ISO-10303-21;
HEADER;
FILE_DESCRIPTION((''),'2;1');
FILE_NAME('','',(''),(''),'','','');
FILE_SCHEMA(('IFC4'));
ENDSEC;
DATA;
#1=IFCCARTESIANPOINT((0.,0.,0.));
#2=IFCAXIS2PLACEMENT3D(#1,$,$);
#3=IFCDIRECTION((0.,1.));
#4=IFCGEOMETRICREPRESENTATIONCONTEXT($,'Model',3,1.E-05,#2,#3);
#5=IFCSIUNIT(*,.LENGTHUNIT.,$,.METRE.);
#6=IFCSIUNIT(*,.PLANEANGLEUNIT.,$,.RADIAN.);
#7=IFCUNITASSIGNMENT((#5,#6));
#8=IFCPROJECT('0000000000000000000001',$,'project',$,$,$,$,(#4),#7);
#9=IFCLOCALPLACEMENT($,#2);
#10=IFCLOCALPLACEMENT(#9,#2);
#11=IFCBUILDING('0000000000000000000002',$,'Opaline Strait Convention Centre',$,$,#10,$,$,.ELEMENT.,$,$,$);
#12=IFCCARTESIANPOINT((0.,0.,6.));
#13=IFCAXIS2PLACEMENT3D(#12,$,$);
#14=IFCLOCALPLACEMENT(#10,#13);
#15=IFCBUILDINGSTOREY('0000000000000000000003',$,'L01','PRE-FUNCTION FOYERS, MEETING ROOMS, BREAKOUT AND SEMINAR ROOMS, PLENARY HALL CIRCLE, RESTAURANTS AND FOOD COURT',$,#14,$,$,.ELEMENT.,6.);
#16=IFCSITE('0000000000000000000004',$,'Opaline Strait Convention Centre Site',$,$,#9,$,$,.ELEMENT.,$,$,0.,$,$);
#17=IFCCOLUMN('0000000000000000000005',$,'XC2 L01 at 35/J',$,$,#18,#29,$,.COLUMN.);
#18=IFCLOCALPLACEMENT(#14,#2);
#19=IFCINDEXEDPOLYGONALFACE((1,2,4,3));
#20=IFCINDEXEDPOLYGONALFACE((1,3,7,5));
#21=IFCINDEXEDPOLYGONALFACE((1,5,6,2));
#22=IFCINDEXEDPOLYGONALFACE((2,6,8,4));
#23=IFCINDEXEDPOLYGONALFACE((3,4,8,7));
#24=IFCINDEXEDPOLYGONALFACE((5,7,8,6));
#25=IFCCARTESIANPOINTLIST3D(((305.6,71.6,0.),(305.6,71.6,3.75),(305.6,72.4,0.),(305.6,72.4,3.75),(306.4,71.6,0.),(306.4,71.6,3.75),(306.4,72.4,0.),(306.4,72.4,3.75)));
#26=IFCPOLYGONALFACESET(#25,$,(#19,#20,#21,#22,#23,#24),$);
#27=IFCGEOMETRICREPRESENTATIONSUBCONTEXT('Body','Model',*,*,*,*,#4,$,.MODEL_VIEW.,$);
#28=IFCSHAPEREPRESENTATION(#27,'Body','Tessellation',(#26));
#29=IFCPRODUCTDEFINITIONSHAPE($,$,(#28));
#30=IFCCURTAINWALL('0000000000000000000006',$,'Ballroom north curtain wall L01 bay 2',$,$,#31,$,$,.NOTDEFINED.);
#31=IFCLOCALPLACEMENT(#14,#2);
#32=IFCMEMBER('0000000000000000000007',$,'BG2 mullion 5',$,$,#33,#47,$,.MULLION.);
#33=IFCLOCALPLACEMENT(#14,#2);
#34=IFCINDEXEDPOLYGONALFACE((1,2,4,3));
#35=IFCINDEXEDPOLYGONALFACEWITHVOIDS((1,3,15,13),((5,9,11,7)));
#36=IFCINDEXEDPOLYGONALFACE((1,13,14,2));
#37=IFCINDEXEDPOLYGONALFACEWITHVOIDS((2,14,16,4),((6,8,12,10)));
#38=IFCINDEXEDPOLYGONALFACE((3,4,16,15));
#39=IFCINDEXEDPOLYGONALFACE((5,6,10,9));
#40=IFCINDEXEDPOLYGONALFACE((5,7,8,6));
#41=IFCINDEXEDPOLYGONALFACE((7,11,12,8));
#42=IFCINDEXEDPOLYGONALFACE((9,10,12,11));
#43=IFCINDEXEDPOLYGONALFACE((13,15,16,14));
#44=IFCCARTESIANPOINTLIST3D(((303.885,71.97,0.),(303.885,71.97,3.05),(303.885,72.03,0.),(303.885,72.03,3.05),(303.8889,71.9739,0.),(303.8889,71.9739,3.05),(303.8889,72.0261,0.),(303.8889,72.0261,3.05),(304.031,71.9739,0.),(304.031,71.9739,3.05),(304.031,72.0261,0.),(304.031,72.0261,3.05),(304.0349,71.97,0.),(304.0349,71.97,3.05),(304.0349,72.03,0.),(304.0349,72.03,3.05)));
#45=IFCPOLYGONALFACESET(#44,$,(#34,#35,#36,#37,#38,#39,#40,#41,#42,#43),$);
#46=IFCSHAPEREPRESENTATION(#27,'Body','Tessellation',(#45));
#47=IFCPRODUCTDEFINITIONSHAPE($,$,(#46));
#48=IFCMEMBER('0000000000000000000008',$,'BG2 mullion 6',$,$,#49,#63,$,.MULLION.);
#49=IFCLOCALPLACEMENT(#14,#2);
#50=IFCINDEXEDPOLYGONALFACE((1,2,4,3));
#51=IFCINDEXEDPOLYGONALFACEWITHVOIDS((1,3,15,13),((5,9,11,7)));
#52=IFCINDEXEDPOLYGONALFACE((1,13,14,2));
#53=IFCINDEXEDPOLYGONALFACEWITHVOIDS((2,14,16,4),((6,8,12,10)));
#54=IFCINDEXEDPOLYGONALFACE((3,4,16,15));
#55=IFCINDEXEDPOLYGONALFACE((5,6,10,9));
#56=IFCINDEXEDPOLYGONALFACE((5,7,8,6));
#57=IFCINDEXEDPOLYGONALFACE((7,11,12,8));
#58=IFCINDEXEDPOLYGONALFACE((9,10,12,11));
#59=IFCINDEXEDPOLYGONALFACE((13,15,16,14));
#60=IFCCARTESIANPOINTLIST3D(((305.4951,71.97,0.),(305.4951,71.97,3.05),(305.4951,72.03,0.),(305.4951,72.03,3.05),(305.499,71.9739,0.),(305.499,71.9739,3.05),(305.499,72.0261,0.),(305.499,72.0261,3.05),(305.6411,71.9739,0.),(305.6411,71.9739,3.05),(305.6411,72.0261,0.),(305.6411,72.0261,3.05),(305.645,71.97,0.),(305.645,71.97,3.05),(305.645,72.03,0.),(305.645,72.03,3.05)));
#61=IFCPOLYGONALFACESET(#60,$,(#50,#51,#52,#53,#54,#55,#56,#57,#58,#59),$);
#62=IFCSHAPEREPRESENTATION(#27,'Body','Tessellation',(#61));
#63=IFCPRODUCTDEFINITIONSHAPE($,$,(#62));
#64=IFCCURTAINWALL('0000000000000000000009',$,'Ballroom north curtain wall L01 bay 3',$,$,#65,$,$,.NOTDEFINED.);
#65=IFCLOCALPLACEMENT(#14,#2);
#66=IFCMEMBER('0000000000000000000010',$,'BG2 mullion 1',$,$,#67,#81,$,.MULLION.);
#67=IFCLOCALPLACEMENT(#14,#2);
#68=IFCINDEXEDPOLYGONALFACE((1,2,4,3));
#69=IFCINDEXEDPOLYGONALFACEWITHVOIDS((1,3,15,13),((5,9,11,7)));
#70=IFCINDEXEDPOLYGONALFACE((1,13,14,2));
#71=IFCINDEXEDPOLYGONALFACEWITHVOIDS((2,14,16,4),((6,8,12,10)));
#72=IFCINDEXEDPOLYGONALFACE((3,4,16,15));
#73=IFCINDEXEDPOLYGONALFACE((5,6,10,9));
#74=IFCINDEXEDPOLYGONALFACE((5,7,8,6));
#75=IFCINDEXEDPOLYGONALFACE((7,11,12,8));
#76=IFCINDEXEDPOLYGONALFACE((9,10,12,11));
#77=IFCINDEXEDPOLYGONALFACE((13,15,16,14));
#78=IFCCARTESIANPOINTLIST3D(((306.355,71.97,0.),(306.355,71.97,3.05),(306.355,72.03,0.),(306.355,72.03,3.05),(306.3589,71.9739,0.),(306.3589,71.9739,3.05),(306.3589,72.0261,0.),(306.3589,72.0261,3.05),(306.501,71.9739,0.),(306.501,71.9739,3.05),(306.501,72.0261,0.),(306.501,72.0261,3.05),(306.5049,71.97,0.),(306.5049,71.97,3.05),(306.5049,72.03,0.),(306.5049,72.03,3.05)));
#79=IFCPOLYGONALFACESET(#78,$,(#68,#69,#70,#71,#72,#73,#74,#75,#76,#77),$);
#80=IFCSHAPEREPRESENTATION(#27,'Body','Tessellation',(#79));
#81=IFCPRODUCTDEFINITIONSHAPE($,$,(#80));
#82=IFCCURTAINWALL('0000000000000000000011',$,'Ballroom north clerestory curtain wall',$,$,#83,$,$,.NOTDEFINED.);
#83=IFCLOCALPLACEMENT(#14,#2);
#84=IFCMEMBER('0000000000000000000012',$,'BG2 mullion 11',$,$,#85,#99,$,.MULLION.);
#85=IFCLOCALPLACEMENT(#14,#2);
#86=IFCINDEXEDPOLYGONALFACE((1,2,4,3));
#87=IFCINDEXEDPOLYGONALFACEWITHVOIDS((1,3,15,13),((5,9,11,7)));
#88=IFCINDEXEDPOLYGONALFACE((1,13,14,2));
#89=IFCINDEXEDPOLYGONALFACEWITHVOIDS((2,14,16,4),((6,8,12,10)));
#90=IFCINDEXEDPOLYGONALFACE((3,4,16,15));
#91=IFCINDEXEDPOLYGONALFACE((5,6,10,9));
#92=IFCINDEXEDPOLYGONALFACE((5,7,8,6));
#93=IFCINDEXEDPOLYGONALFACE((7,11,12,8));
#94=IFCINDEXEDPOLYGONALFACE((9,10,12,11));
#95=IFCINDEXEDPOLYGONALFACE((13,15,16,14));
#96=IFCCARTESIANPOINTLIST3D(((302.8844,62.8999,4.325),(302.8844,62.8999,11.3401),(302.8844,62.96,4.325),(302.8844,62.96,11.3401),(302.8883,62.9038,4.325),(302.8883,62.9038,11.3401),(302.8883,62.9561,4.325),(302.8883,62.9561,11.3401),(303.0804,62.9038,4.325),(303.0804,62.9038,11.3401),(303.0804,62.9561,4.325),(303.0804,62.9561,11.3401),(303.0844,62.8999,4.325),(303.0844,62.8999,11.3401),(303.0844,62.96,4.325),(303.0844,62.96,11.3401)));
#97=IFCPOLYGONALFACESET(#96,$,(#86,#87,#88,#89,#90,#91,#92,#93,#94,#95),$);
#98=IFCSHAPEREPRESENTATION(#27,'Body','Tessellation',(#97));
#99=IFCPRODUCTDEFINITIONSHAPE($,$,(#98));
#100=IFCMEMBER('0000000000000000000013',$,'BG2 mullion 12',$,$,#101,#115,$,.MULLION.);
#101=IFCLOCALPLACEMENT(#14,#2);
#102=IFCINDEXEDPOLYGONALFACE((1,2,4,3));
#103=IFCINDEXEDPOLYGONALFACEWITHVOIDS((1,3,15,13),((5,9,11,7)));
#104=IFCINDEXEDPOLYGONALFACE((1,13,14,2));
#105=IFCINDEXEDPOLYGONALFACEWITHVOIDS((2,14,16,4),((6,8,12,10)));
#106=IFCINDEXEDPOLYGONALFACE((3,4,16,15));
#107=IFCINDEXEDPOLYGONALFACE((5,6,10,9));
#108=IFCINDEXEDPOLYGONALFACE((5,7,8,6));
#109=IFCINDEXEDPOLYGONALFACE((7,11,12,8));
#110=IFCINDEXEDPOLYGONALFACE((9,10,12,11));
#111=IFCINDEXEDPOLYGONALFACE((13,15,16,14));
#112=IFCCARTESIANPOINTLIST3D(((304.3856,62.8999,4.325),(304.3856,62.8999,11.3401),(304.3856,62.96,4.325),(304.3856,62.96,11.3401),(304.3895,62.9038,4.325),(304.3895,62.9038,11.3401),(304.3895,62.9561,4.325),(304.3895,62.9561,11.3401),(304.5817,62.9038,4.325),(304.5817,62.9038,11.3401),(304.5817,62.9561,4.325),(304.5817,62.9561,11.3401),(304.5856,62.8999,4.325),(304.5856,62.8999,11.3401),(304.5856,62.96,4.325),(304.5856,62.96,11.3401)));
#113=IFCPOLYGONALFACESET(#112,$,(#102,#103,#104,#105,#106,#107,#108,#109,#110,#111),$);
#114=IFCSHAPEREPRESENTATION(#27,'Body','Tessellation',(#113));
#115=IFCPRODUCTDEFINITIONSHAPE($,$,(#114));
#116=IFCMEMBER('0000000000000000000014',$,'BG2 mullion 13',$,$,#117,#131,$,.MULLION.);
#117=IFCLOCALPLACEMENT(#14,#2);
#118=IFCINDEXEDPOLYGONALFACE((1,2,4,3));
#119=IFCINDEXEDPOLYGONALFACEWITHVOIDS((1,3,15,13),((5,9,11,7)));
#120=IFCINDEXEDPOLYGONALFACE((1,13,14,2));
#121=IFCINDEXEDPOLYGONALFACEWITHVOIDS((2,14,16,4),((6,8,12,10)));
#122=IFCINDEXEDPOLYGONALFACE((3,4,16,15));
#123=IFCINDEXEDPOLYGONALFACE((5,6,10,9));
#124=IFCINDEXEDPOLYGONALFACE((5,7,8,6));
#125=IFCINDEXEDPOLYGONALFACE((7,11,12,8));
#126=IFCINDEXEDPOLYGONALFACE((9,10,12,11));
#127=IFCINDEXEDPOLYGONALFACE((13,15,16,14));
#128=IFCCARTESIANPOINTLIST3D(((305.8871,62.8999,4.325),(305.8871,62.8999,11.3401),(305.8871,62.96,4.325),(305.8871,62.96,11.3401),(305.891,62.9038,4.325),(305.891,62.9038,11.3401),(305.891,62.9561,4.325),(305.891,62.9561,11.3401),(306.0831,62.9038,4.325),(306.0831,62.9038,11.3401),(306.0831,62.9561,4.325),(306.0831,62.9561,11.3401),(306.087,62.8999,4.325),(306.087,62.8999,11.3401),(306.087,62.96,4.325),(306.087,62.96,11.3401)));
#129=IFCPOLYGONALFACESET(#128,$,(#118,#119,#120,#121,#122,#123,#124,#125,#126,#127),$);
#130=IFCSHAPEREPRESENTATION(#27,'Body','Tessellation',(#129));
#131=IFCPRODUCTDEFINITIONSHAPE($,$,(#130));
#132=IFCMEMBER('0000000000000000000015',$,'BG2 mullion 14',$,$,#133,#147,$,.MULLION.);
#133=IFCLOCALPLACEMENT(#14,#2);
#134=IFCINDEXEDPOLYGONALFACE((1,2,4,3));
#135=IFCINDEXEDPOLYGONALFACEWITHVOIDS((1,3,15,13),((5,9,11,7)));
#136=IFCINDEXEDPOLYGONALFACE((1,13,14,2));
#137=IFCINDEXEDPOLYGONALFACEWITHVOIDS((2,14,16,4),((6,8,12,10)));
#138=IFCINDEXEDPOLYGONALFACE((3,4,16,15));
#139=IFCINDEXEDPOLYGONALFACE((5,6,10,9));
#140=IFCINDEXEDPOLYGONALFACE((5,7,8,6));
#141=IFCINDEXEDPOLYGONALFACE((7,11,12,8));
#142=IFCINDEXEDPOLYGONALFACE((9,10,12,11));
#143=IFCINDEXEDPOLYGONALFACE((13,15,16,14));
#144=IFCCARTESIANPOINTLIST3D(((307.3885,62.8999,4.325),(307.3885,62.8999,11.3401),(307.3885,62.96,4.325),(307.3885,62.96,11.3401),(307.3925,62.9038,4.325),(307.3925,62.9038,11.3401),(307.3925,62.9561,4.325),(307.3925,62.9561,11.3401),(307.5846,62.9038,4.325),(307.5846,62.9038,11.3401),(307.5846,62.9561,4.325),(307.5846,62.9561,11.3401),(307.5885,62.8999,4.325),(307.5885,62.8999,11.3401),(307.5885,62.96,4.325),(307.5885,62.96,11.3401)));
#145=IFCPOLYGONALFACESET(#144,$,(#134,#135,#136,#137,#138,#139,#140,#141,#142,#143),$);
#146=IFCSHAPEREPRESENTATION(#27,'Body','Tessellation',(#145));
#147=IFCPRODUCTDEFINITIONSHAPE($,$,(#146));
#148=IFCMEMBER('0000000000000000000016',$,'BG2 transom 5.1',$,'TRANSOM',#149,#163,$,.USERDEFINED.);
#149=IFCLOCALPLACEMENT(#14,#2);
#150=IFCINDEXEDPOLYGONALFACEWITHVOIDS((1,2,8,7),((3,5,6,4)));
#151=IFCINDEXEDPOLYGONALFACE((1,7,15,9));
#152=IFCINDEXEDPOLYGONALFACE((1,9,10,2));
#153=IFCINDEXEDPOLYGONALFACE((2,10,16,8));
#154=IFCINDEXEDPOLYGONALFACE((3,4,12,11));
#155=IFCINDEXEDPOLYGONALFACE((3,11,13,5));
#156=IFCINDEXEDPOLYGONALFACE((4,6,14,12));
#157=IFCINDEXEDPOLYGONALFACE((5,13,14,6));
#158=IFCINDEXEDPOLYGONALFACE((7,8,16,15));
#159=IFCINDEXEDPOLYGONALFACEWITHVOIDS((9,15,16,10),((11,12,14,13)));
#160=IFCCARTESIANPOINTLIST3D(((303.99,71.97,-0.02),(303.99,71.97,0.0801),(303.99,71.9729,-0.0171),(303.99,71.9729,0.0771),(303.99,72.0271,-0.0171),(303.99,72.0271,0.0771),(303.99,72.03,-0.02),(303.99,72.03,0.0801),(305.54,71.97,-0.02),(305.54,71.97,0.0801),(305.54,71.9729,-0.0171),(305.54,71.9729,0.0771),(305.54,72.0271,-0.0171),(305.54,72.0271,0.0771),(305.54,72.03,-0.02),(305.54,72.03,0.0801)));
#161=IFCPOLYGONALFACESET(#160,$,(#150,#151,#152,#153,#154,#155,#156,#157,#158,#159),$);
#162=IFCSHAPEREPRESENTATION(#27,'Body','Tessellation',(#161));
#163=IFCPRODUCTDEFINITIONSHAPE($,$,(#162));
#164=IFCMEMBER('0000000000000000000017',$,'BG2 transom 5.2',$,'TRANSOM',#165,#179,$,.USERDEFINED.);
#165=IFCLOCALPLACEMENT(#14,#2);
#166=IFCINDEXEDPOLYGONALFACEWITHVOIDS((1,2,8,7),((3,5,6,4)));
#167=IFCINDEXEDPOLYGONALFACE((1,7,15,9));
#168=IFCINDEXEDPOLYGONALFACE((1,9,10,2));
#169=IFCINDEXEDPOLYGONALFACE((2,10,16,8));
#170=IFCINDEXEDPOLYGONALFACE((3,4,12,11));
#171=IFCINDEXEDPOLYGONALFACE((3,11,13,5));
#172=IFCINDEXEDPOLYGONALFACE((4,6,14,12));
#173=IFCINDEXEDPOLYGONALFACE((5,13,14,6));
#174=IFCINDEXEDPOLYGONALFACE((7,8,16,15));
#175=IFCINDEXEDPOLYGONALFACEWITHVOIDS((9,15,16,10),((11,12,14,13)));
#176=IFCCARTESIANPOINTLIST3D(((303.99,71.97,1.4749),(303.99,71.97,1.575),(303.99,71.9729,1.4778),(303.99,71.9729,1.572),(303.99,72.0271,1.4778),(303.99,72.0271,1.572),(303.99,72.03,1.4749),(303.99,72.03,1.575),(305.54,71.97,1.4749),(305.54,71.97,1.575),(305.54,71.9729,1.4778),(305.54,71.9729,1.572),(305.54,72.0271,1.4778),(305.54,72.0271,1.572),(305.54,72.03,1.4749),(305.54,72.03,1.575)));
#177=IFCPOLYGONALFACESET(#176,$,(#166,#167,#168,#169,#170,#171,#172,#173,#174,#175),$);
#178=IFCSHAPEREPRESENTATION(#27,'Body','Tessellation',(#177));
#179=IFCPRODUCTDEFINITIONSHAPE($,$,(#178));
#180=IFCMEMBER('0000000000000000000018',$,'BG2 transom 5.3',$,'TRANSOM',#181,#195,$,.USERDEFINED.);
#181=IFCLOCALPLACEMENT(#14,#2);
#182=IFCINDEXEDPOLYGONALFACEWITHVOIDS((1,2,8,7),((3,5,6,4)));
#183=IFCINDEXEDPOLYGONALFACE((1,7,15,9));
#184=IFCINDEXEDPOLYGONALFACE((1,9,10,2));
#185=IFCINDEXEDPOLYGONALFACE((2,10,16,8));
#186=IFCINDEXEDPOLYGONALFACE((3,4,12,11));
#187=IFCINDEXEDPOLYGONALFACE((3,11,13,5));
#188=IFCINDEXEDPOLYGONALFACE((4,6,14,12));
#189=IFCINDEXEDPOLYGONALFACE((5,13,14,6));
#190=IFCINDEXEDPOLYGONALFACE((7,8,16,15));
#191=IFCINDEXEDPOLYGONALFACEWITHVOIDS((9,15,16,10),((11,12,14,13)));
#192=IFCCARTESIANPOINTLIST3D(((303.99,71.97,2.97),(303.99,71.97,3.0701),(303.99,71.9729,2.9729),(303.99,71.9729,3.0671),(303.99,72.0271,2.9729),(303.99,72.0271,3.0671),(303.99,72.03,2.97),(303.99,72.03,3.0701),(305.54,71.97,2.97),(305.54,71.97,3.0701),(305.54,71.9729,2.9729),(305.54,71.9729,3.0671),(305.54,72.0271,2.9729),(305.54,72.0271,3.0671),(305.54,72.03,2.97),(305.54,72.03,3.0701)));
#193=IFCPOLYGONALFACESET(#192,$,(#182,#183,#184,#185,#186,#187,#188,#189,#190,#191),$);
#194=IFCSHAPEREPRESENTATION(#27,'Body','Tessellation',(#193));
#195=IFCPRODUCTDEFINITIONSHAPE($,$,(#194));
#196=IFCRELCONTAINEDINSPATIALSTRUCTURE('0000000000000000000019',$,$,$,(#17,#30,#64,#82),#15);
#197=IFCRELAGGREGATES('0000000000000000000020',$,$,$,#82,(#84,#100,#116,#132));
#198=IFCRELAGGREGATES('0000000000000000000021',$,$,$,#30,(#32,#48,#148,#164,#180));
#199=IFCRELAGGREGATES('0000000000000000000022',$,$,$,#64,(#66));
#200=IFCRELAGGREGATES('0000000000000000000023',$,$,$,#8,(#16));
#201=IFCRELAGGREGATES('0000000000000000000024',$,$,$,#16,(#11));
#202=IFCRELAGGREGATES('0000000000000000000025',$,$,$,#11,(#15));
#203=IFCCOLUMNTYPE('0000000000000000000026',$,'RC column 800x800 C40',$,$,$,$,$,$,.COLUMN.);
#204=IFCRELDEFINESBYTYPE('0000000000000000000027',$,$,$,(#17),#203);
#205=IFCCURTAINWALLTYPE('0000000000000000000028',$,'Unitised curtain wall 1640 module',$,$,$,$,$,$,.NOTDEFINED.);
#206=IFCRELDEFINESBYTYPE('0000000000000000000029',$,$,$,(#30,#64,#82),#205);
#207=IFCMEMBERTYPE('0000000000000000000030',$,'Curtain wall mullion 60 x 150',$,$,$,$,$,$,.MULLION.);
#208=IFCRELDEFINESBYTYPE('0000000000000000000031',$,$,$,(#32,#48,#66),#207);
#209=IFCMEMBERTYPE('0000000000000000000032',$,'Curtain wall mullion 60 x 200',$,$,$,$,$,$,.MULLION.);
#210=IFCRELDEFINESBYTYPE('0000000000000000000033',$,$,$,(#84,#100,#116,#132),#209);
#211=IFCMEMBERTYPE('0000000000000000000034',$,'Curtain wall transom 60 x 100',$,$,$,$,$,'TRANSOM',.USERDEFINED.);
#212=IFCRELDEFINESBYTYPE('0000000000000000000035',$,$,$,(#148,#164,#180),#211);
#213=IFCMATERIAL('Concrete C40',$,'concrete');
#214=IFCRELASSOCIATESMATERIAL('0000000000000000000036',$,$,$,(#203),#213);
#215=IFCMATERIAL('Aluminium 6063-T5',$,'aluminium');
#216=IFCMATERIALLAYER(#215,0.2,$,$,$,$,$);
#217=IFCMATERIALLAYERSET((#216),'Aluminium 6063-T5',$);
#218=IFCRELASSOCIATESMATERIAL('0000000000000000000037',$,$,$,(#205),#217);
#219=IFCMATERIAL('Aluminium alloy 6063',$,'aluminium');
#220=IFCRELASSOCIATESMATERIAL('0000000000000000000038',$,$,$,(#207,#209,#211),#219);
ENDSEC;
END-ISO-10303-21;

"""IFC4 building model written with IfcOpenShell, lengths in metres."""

from ifc_helpers import new_model, si_unit, direction, frame, origin, origin_2d, place, context, subcontext, project, spatial, rectangle, hollow_rectangle, extrude, material, layer, layer_set, material_profile, profile_set, type_object, element, aggregate, save


model = new_model("IFC4")

# Units and contexts
model_context = context("Model", 3, precision=1e-05, world=origin(), true_north=direction((0.0, 1.0)))
body_context = subcontext(model_context, "Body", "Model", "MODEL_VIEW")
ifc_project = project(units=[si_unit("LENGTHUNIT", "METRE"), si_unit("PLANEANGLEUNIT", "RADIAN")], contexts=[model_context])

# Site, building, storey
site_placement = place(None, origin())
site = spatial("IfcSite", under=ifc_project, at=site_placement, Name="Opaline Strait Convention Centre Site", CompositionType="ELEMENT", RefElevation=0.0)
building_placement = place(site_placement, origin())
building = spatial("IfcBuilding", under=site, at=building_placement, Name="Opaline Strait Convention Centre", CompositionType="ELEMENT")
storey_placement = place(building_placement, frame((0.0, 0.0, 6.0)))
storey = spatial("IfcBuildingStorey", under=building, at=storey_placement, Name="L01", Description="PRE-FUNCTION FOYERS, MEETING ROOMS, BREAKOUT AND SEMINAR ROOMS, PLENARY HALL CIRCLE, RESTAURANTS AND FOOD COURT", CompositionType="ELEMENT", Elevation=6.0)

# Column
ifc_material_1 = material(Name="Concrete C40", Category="concrete")
ifc_material_profile_1 = material_profile(ifc_material_1, rectangle(XDim=0.8, YDim=0.8, at=origin_2d()), Name="RC 800x800")
ifc_profile_set_1 = profile_set([ifc_material_profile_1], Name="Concrete C40")
column_type = type_object("IfcColumnType", Name="RC column 800x800 C40", PredefinedType="COLUMN", material=ifc_profile_set_1)
column_placement = place(storey_placement, frame((306.0, 72.0, 0.0), z_axis=(0.0, 0.0, 1.0), x_axis=(1.0, 0.0, 0.0)))
element("IfcColumn", 1, at=column_placement, inside=storey, type_object=column_type, Name="XC2 L01 at 35/J", PredefinedType="COLUMN", context=body_context, shape_type="SweptSolid", body=[
    extrude(rectangle(XDim=0.8, YDim=0.8, at=origin_2d()), origin(), (0.0, 0.0, 1.0), 3.75),
])

# Curtain wall, members
ifc_material_2 = material(Name="Aluminium 6063-T5", Category="aluminium")
ifc_layer_1 = layer(ifc_material_2, 0.2)
ifc_layer_set_1 = layer_set([ifc_layer_1], Name="Aluminium 6063-T5")
curtain_wall_type = type_object("IfcCurtainWallType", Name="Unitised curtain wall 1640 module", PredefinedType="NOTDEFINED", material=ifc_layer_set_1)
curtain_wall_1_placement = place(storey_placement, origin())
curtain_wall_1 = element("IfcCurtainWall", 2, at=curtain_wall_1_placement, inside=storey, type_object=curtain_wall_type, Name="Ballroom north curtain wall L01 bay 2", PredefinedType="NOTDEFINED")
ifc_material_3 = material(Name="Aluminium alloy 6063", Category="aluminium")
ifc_material_profile_2 = material_profile(ifc_material_3, hollow_rectangle(XDim=0.0601, YDim=0.1499, WallThickness=0.0039, at=origin_2d()), Name="MULLION 60x150x4")
ifc_profile_set_2 = profile_set([ifc_material_profile_2], Name="Aluminium alloy 6063")
member_type_1 = type_object("IfcMemberType", Name="Curtain wall mullion 60 x 150", PredefinedType="MULLION", material=ifc_profile_set_2)
member_1_placement = place(storey_placement, frame((303.96, 72.0, 0.0), z_axis=(0.0, 0.0, 1.0), x_axis=(0.0, 1.0, 0.0)))
member_1 = element("IfcMember", 3, at=member_1_placement, type_object=member_type_1, Name="BG2 mullion 5", PredefinedType="MULLION", context=body_context, shape_type="SweptSolid", body=[
    extrude(hollow_rectangle(XDim=0.0601, YDim=0.1499, WallThickness=0.0039, at=origin_2d()), origin(), (0.0, 0.0, 1.0), 3.05),
])
member_2_placement = place(storey_placement, frame((305.5701, 72.0, 0.0), z_axis=(0.0, 0.0, 1.0), x_axis=(0.0, 1.0, 0.0)))
member_2 = element("IfcMember", 4, at=member_2_placement, type_object=member_type_1, Name="BG2 mullion 6", PredefinedType="MULLION", context=body_context, shape_type="SweptSolid", body=[
    extrude(hollow_rectangle(XDim=0.0601, YDim=0.1499, WallThickness=0.0039, at=origin_2d()), origin(), (0.0, 0.0, 1.0), 3.05),
])

# Curtain wall, member
curtain_wall_2_placement = place(storey_placement, origin())
curtain_wall_2 = element("IfcCurtainWall", 5, at=curtain_wall_2_placement, inside=storey, type_object=curtain_wall_type, Name="Ballroom north curtain wall L01 bay 3", PredefinedType="NOTDEFINED")
member_3_placement = place(storey_placement, frame((306.4299, 72.0, 0.0), z_axis=(0.0, 0.0, 1.0), x_axis=(0.0, 1.0, 0.0)))
member_3 = element("IfcMember", 6, at=member_3_placement, type_object=member_type_1, Name="BG2 mullion 1", PredefinedType="MULLION", context=body_context, shape_type="SweptSolid", body=[
    extrude(hollow_rectangle(XDim=0.0601, YDim=0.1499, WallThickness=0.0039, at=origin_2d()), origin(), (0.0, 0.0, 1.0), 3.05),
])

# Curtain wall, members
curtain_wall_3_placement = place(storey_placement, origin())
curtain_wall_3 = element("IfcCurtainWall", 7, at=curtain_wall_3_placement, inside=storey, type_object=curtain_wall_type, Name="Ballroom north clerestory curtain wall", PredefinedType="NOTDEFINED")
ifc_material_profile_3 = material_profile(ifc_material_3, hollow_rectangle(XDim=0.0601, YDim=0.2, WallThickness=0.0039, at=origin_2d()), Name="MULLION 60x200x4")
ifc_profile_set_3 = profile_set([ifc_material_profile_3], Name="Aluminium alloy 6063")
member_type_2 = type_object("IfcMemberType", Name="Curtain wall mullion 60 x 200", PredefinedType="MULLION", material=ifc_profile_set_3)
member_4_placement = place(storey_placement, frame((302.9844, 62.9299, 4.325), z_axis=(0.0, 0.0, 1.0), x_axis=(0.0, 1.0, 0.0)))
member_4 = element("IfcMember", 8, at=member_4_placement, type_object=member_type_2, Name="BG2 mullion 11", PredefinedType="MULLION", context=body_context, shape_type="SweptSolid", body=[
    extrude(hollow_rectangle(XDim=0.0601, YDim=0.2, WallThickness=0.0039, at=origin_2d()), origin(), (0.0, 0.0, 1.0), 7.0151),
])
member_5_placement = place(storey_placement, frame((304.4856, 62.9299, 4.325), z_axis=(0.0, 0.0, 1.0), x_axis=(0.0, 1.0, 0.0)))
member_5 = element("IfcMember", 9, at=member_5_placement, type_object=member_type_2, Name="BG2 mullion 12", PredefinedType="MULLION", context=body_context, shape_type="SweptSolid", body=[
    extrude(hollow_rectangle(XDim=0.0601, YDim=0.2, WallThickness=0.0039, at=origin_2d()), origin(), (0.0, 0.0, 1.0), 7.0151),
])
member_6_placement = place(storey_placement, frame((305.9871, 62.9299, 4.325), z_axis=(0.0, 0.0, 1.0), x_axis=(0.0, 1.0, 0.0)))
member_6 = element("IfcMember", 10, at=member_6_placement, type_object=member_type_2, Name="BG2 mullion 13", PredefinedType="MULLION", context=body_context, shape_type="SweptSolid", body=[
    extrude(hollow_rectangle(XDim=0.0601, YDim=0.2, WallThickness=0.0039, at=origin_2d()), origin(), (0.0, 0.0, 1.0), 7.0151),
])
member_7_placement = place(storey_placement, frame((307.4885, 62.9299, 4.325), z_axis=(0.0, 0.0, 1.0), x_axis=(0.0, 1.0, 0.0)))
member_7 = element("IfcMember", 11, at=member_7_placement, type_object=member_type_2, Name="BG2 mullion 14", PredefinedType="MULLION", context=body_context, shape_type="SweptSolid", body=[
    extrude(hollow_rectangle(XDim=0.0601, YDim=0.2, WallThickness=0.0039, at=origin_2d()), origin(), (0.0, 0.0, 1.0), 7.0151),
])

# Members
ifc_material_profile_4 = material_profile(ifc_material_3, hollow_rectangle(XDim=0.0601, YDim=0.1001, WallThickness=0.0029, at=origin_2d()), Name="TRANSOM 60x100x3")
ifc_profile_set_4 = profile_set([ifc_material_profile_4], Name="Aluminium alloy 6063")
member_type_3 = type_object("IfcMemberType", Name="Curtain wall transom 60 x 100", ElementType="TRANSOM", PredefinedType="USERDEFINED", material=ifc_profile_set_4)
member_8_placement = place(storey_placement, frame((303.99, 72.0, 0.03), z_axis=(1.0, 0.0, 0.0), x_axis=(0.0, 1.0, 0.0)))
member_8 = element("IfcMember", 12, at=member_8_placement, type_object=member_type_3, Name="BG2 transom 5.1", ObjectType="TRANSOM", PredefinedType="USERDEFINED", context=body_context, shape_type="SweptSolid", body=[
    extrude(hollow_rectangle(XDim=0.0601, YDim=0.1001, WallThickness=0.0029, at=origin_2d()), origin(), (0.0, 0.0, 1.0), 1.55),
])
member_9_placement = place(storey_placement, frame((303.99, 72.0, 1.5249), z_axis=(1.0, 0.0, 0.0), x_axis=(0.0, 1.0, 0.0)))
member_9 = element("IfcMember", 13, at=member_9_placement, type_object=member_type_3, Name="BG2 transom 5.2", ObjectType="TRANSOM", PredefinedType="USERDEFINED", context=body_context, shape_type="SweptSolid", body=[
    extrude(hollow_rectangle(XDim=0.0601, YDim=0.1001, WallThickness=0.0029, at=origin_2d()), origin(), (0.0, 0.0, 1.0), 1.55),
])
member_10_placement = place(storey_placement, frame((303.99, 72.0, 3.02), z_axis=(1.0, 0.0, 0.0), x_axis=(0.0, 1.0, 0.0)))
member_10 = element("IfcMember", 14, at=member_10_placement, type_object=member_type_3, Name="BG2 transom 5.3", ObjectType="TRANSOM", PredefinedType="USERDEFINED", context=body_context, shape_type="SweptSolid", body=[
    extrude(hollow_rectangle(XDim=0.0601, YDim=0.1001, WallThickness=0.0029, at=origin_2d()), origin(), (0.0, 0.0, 1.0), 1.55),
])
aggregate(curtain_wall_3, [member_4, member_5, member_6, member_7])

aggregate(curtain_wall_1, [member_1, member_2, member_8, member_9, member_10])
aggregate(curtain_wall_2, [member_3])

save(model, "model.ifc")
